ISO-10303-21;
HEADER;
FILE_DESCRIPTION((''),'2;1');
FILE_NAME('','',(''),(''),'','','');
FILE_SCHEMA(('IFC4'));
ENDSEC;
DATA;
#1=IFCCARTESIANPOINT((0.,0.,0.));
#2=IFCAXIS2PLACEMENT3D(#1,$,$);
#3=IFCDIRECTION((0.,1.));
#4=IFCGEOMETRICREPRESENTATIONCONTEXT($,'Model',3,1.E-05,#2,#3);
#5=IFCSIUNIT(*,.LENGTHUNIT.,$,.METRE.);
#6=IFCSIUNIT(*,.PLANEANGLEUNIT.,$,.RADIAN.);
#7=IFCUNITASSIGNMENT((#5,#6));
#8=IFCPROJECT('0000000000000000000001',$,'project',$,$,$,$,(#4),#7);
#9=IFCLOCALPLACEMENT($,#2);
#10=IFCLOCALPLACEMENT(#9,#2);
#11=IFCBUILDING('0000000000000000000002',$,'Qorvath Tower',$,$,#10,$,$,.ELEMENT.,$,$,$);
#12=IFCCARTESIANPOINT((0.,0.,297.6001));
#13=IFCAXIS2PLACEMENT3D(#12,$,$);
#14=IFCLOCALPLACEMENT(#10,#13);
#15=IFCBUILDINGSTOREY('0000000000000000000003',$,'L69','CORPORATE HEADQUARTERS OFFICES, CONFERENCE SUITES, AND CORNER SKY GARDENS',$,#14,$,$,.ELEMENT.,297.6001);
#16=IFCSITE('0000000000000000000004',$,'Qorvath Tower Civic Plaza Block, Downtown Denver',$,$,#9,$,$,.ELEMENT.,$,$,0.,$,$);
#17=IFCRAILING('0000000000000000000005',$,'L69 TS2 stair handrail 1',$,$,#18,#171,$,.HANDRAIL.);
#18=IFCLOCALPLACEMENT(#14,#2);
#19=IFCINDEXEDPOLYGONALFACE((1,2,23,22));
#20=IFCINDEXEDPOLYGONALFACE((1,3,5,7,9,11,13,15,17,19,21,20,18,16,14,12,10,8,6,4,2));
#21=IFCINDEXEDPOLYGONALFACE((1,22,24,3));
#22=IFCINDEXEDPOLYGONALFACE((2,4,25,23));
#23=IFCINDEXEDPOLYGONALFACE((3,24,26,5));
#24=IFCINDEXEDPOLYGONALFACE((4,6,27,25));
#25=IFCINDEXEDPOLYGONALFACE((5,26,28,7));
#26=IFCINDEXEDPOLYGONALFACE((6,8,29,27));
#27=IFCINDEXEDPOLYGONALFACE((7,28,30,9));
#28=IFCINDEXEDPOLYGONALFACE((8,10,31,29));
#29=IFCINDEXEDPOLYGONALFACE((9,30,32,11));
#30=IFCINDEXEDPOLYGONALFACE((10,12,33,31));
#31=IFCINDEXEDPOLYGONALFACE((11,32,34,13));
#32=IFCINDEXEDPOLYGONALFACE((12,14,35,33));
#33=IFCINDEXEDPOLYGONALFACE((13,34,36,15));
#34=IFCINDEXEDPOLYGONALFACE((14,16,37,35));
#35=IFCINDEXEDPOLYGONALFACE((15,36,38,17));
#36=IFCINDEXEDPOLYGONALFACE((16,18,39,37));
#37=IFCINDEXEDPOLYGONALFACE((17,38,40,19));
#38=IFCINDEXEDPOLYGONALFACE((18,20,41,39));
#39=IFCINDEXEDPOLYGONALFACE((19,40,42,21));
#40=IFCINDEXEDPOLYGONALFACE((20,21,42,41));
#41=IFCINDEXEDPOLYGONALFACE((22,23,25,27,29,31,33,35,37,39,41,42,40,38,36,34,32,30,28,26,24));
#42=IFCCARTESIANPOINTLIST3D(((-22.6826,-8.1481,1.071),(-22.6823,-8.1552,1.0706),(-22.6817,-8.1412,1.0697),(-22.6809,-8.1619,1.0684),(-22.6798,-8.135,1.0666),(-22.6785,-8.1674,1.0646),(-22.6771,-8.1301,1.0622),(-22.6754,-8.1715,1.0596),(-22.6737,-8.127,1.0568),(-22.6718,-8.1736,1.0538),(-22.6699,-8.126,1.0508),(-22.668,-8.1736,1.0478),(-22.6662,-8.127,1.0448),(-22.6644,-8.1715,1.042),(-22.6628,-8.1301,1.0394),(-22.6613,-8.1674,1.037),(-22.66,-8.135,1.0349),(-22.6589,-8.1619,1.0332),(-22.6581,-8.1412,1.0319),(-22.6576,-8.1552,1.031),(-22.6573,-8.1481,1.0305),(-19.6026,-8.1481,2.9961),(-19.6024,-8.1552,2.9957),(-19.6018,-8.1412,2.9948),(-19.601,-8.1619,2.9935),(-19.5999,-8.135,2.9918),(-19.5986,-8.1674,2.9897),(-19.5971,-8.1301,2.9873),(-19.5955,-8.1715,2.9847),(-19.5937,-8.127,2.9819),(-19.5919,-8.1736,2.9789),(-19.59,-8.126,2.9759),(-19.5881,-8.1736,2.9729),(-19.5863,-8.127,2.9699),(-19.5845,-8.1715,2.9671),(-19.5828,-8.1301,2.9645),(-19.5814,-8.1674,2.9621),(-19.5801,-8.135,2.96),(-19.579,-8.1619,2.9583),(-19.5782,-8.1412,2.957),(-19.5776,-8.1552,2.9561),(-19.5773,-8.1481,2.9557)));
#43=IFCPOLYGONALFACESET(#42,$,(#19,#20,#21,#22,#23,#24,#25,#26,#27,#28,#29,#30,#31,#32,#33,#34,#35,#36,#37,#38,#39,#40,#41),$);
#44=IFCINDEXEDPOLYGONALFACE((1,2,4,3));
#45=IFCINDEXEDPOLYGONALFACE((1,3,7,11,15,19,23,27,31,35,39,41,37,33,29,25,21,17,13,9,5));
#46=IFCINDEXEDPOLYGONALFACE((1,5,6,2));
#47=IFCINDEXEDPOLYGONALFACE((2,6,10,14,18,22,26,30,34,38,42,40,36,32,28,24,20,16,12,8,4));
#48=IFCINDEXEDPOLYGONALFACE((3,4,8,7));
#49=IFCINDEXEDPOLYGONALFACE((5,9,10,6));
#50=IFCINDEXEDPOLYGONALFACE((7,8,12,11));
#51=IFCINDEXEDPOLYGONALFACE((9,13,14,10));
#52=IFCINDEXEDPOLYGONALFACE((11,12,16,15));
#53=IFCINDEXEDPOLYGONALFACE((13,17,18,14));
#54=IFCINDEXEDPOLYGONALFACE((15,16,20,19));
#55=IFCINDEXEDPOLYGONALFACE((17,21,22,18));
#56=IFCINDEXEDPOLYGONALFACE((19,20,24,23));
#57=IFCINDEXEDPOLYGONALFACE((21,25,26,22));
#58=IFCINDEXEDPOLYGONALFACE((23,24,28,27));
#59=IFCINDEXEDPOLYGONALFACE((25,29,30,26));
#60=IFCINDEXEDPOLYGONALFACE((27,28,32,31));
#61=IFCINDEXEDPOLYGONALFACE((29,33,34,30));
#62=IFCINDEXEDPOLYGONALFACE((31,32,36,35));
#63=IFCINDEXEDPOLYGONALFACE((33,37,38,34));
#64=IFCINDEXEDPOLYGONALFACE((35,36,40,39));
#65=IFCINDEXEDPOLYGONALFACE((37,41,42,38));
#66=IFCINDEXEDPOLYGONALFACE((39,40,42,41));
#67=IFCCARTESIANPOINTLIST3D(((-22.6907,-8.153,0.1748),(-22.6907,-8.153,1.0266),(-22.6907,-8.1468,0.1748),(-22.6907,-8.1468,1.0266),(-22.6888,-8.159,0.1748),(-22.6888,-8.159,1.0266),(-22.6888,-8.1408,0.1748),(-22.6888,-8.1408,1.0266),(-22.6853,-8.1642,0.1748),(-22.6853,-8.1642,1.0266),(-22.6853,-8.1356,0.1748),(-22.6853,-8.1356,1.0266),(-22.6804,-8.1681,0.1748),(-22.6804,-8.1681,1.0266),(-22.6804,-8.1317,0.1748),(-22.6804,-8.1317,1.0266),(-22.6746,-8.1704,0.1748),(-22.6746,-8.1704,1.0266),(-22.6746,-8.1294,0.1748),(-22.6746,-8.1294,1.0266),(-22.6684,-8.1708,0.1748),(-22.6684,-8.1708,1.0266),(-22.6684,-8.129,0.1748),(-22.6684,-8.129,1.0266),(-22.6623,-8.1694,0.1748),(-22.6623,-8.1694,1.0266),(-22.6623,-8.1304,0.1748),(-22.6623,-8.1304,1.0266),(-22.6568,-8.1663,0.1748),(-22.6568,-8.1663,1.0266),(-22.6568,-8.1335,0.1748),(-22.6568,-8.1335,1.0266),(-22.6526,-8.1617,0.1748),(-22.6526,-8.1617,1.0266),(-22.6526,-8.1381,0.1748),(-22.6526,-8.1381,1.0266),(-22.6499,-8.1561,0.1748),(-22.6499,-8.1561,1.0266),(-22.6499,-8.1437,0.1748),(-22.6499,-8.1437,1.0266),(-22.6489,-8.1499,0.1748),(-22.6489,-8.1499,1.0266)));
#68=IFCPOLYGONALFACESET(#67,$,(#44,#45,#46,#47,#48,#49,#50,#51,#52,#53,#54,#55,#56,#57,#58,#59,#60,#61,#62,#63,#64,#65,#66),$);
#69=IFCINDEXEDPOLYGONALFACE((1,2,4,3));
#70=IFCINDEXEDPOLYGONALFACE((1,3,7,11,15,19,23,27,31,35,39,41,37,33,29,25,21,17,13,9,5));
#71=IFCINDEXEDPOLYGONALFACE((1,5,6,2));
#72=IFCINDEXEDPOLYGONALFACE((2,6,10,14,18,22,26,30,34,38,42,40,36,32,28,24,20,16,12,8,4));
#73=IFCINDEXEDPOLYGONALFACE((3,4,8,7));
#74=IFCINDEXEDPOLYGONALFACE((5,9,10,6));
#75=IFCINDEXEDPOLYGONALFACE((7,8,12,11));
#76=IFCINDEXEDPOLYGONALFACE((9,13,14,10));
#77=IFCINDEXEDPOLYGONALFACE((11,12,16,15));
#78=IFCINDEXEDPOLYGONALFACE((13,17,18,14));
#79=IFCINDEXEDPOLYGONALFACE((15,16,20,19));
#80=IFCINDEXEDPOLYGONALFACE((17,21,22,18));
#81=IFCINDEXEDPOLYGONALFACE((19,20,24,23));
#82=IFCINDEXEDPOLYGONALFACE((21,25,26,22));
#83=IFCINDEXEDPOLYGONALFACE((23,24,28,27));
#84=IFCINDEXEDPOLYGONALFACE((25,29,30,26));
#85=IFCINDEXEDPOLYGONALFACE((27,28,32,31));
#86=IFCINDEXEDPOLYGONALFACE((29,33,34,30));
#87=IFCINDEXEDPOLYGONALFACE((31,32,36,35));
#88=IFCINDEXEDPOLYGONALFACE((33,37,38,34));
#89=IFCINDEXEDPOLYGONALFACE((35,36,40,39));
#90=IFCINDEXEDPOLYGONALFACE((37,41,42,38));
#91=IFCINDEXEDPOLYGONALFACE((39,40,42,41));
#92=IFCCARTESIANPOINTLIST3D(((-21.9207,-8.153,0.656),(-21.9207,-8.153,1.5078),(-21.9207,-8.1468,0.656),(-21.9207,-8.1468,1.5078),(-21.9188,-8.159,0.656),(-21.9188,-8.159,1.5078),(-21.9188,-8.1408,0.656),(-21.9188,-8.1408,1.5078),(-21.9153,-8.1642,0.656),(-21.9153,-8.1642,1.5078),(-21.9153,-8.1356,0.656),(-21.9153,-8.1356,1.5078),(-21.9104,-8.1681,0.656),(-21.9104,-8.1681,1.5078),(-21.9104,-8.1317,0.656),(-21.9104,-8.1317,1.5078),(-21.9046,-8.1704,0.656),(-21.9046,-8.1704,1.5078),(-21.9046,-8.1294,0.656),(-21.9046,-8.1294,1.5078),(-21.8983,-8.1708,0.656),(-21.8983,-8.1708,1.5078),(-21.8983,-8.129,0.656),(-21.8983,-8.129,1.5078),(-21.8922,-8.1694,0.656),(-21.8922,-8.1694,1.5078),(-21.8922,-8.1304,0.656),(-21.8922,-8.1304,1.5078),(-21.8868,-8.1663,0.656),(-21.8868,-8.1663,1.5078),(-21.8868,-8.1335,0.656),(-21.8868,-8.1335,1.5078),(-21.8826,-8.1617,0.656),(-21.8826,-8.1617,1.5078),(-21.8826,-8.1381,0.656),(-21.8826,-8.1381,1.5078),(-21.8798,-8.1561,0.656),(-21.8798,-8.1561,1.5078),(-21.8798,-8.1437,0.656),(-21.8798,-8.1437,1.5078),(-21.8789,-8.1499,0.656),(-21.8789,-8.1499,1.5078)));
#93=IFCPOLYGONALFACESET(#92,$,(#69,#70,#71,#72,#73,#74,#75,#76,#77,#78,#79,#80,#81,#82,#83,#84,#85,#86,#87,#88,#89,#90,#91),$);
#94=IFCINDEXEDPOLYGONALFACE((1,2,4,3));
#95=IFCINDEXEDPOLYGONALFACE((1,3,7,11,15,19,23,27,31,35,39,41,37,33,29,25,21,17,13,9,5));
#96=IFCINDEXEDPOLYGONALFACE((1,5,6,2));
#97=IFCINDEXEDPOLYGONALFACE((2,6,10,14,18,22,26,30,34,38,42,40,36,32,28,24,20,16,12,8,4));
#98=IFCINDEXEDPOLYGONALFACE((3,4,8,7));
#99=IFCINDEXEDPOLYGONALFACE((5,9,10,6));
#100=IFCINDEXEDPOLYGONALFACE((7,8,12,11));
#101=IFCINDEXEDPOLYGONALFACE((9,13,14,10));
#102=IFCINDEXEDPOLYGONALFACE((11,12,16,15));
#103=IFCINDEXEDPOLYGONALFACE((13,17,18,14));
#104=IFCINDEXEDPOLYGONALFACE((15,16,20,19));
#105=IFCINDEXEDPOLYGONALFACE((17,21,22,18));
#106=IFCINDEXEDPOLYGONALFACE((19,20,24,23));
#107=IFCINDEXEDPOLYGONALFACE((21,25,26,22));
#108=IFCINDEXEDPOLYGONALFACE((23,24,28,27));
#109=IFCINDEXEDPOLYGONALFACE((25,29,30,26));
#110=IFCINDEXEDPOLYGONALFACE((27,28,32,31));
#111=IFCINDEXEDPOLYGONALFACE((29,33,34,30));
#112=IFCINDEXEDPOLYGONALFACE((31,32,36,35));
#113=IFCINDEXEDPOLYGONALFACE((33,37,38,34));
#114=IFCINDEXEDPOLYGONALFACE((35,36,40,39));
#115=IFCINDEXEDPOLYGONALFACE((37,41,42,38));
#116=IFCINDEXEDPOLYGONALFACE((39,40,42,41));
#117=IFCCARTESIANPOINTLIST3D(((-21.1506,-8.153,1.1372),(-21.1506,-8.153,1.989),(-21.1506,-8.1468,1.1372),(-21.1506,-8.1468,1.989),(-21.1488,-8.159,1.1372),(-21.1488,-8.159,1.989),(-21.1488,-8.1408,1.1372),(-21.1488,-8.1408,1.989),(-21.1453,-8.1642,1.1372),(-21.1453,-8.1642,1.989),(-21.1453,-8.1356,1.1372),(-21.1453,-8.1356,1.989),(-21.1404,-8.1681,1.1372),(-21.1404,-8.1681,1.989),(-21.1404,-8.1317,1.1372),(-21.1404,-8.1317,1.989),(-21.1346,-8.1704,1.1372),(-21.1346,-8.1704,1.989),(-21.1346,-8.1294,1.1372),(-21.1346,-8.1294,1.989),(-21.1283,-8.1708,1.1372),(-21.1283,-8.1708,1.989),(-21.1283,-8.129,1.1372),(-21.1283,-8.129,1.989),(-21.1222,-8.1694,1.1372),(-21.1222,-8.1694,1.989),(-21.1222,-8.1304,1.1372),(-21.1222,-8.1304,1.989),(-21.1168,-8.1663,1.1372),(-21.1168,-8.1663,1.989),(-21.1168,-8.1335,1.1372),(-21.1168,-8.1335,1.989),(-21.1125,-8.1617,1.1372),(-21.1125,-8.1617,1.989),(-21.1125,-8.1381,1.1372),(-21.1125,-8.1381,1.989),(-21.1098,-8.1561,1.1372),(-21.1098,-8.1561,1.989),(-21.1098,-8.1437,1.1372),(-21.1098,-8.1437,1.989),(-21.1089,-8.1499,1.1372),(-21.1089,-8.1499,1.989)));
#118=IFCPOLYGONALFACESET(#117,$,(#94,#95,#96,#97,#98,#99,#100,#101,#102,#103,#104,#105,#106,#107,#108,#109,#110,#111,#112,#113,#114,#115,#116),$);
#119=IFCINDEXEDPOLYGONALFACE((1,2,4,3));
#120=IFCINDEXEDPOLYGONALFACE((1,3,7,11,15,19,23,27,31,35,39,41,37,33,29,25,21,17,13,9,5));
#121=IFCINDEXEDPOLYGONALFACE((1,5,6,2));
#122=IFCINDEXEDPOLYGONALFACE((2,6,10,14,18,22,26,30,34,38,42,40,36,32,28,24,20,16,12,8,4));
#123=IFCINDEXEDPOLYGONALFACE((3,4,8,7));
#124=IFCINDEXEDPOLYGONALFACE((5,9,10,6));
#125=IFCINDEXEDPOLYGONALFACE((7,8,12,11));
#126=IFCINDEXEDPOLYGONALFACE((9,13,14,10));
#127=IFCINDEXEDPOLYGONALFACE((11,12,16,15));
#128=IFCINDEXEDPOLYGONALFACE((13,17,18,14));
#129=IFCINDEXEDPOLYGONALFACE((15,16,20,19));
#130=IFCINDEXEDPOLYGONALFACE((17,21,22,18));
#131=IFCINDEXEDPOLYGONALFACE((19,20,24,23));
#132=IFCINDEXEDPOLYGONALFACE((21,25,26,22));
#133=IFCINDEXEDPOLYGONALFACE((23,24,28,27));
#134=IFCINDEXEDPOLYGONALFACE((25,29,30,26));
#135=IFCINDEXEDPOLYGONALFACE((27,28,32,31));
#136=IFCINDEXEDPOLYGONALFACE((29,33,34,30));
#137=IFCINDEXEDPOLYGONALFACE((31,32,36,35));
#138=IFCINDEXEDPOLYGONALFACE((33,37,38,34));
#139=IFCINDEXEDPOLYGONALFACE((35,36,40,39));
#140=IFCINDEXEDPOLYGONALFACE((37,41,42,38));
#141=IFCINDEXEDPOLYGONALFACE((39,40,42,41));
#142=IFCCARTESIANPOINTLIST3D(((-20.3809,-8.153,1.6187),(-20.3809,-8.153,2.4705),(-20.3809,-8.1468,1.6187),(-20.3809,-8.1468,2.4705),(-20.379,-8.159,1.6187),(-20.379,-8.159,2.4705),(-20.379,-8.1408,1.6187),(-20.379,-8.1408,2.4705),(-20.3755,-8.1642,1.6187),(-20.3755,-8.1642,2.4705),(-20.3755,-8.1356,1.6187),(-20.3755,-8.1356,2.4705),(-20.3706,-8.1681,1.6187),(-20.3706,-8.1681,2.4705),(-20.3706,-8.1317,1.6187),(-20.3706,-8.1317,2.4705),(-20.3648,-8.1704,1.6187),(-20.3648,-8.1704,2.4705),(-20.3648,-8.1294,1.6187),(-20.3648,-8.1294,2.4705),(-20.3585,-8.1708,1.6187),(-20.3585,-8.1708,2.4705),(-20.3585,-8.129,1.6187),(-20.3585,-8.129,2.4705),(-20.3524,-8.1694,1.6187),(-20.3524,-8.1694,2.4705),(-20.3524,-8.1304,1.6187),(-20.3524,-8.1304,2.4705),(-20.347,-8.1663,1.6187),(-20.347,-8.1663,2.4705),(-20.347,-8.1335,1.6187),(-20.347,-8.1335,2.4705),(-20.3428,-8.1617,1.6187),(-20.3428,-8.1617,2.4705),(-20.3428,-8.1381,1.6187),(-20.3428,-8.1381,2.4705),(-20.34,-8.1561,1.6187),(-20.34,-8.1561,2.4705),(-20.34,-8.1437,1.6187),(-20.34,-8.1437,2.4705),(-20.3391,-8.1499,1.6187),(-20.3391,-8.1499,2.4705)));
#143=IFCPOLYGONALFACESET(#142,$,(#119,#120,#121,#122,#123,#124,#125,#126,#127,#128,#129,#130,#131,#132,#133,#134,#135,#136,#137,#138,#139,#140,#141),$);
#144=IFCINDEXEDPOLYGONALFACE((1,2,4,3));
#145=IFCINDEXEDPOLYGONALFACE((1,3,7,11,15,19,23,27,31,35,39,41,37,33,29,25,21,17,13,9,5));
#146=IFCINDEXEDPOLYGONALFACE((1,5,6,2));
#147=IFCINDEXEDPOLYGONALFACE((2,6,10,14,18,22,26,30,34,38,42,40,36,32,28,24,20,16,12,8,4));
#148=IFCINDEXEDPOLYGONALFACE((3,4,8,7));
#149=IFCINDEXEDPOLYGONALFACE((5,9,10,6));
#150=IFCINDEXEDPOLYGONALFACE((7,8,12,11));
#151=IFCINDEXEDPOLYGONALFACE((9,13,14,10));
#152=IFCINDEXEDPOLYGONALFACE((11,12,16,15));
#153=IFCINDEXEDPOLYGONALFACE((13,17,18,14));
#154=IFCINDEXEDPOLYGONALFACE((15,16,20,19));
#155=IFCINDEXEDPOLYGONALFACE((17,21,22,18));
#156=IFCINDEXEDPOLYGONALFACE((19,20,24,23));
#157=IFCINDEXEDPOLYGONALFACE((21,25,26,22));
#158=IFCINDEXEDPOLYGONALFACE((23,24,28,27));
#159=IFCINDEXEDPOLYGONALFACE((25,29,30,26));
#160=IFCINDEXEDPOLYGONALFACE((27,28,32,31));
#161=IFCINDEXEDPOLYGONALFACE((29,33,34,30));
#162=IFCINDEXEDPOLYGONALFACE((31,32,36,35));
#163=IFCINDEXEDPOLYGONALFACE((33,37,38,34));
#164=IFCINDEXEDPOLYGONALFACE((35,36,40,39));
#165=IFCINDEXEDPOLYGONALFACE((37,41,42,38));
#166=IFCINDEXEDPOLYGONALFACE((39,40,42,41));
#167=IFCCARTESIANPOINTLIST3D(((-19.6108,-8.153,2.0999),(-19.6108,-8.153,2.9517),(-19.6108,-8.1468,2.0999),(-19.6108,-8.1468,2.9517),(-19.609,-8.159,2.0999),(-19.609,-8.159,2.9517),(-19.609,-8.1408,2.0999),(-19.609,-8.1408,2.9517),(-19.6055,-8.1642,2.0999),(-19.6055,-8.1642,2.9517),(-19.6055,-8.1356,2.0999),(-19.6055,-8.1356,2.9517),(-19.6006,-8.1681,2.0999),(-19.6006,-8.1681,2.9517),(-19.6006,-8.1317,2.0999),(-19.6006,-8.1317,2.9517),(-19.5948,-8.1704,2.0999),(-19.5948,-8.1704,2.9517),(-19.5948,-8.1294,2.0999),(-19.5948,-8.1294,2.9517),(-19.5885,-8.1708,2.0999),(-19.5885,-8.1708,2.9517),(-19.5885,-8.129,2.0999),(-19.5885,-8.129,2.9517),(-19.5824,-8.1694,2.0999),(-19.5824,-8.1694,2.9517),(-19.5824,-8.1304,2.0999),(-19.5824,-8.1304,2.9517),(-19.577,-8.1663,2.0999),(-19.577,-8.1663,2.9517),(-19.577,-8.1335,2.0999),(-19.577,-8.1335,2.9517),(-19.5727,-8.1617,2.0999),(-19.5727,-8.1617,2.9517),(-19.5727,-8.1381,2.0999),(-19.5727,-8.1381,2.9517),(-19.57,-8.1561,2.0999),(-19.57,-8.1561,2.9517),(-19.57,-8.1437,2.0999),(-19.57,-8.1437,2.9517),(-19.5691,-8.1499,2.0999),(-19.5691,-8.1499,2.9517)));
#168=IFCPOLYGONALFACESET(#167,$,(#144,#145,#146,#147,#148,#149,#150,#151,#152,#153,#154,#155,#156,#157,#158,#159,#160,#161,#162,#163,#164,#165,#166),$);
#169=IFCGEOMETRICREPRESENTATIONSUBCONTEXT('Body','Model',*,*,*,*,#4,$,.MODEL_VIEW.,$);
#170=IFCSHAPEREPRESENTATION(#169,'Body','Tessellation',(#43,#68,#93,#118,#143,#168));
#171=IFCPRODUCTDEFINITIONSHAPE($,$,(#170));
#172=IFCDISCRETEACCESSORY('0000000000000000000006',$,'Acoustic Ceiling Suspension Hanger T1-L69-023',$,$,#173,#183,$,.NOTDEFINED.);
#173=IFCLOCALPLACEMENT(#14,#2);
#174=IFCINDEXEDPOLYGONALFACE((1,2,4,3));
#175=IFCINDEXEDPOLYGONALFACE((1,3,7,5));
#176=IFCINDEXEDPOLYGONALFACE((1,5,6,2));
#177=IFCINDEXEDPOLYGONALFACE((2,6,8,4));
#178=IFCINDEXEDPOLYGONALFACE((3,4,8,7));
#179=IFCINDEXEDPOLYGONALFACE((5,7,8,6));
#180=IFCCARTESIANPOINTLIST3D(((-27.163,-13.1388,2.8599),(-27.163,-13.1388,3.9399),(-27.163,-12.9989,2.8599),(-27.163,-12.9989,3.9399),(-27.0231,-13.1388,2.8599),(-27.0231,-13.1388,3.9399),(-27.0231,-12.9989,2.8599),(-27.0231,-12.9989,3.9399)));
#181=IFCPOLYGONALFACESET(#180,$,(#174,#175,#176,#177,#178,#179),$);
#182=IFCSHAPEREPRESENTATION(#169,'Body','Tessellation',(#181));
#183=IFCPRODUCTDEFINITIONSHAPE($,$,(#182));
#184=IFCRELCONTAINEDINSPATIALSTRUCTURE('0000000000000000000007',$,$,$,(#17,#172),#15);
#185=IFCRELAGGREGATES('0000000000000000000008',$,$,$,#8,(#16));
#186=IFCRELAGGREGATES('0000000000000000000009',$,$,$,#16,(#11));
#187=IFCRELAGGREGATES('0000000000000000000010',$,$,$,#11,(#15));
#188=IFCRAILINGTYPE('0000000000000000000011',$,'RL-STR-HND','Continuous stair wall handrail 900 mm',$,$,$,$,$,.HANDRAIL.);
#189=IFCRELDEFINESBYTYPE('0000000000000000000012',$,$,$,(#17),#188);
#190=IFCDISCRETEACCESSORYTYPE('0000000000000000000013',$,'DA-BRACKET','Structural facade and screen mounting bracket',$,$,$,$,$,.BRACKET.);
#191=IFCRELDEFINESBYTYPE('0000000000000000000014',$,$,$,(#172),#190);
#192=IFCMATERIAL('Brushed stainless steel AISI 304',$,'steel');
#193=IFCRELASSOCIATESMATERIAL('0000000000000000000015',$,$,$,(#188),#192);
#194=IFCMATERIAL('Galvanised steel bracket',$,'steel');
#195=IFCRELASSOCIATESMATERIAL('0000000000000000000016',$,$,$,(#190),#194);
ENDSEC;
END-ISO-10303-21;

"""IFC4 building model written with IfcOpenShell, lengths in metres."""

from ifc_helpers import new_model, si_unit, direction, frame, origin, origin_2d, place, context, subcontext, project, spatial, rectangle, circle, extrude, material, type_object, element, save


model = new_model("IFC4")

# Units and contexts
model_context = context("Model", 3, precision=1e-05, world=origin(), true_north=direction((0.0, 1.0)))
body_context = subcontext(model_context, "Body", "Model", "MODEL_VIEW")
ifc_project = project(units=[si_unit("LENGTHUNIT", "METRE"), si_unit("PLANEANGLEUNIT", "RADIAN")], contexts=[model_context])

# Site, building, storey
site_placement = place(None, origin())
site = spatial("IfcSite", under=ifc_project, at=site_placement, Name="Qorvath Tower Civic Plaza Block, Downtown Denver", CompositionType="ELEMENT", RefElevation=0.0)
building_placement = place(site_placement, origin())
building = spatial("IfcBuilding", under=site, at=building_placement, Name="Qorvath Tower", CompositionType="ELEMENT")
storey_placement = place(building_placement, frame((0.0, 0.0, 297.6001)))
storey = spatial("IfcBuildingStorey", under=building, at=storey_placement, Name="L69", Description="CORPORATE HEADQUARTERS OFFICES, CONFERENCE SUITES, AND CORNER SKY GARDENS", CompositionType="ELEMENT", Elevation=297.6001)

# Railing
ifc_material_1 = material(Name="Brushed stainless steel AISI 304", Category="steel")
railing_type = type_object("IfcRailingType", Name="RL-STR-HND", Description="Continuous stair wall handrail 900 mm", PredefinedType="HANDRAIL", material=ifc_material_1)
railing_placement = place(storey_placement, frame((-22.6699, -8.1499, 0.1748)))
element("IfcRailing", 1, at=railing_placement, inside=storey, type_object=railing_type, Name="L69 TS2 stair handrail 1", PredefinedType="HANDRAIL", context=body_context, shape_type="SweptSolid", body=[
    extrude(circle(Radius=0.0239, at=origin_2d()), frame((0.0, 0.0, 0.876), z_axis=(0.847979, 0.0, 0.530029), x_axis=(0.0, 1.0, 0.0)), (0.0, 0.0, 1.0), 3.6321),
    extrude(circle(Radius=0.021, at=origin_2d()), origin(), (0.0, 0.0, 1.0), 0.8518),
    extrude(circle(Radius=0.021, at=origin_2d()), frame((0.77, 0.0, 0.4812)), (0.0, 0.0, 1.0), 0.8518),
    extrude(circle(Radius=0.021, at=origin_2d()), frame((1.54, 0.0, 0.9624)), (0.0, 0.0, 1.0), 0.8518),
    extrude(circle(Radius=0.021, at=origin_2d()), frame((2.3098, 0.0, 1.4438)), (0.0, 0.0, 1.0), 0.8518),
    extrude(circle(Radius=0.021, at=origin_2d()), frame((3.0798, 0.0, 1.925)), (0.0, 0.0, 1.0), 0.8518),
])

# Discrete accessory
ifc_material_2 = material(Name="Galvanised steel bracket", Category="steel")
discrete_accessory_type = type_object("IfcDiscreteAccessoryType", Name="DA-BRACKET", Description="Structural facade and screen mounting bracket", PredefinedType="BRACKET", material=ifc_material_2)
discrete_accessory_placement = place(storey_placement, frame((-27.093, -13.0688, 2.8599), z_axis=(0.0, 0.0, 1.0), x_axis=(1.0, 0.0, 0.0)))
element("IfcDiscreteAccessory", 2, at=discrete_accessory_placement, inside=storey, type_object=discrete_accessory_type, Name="Acoustic Ceiling Suspension Hanger T1-L69-023", PredefinedType="NOTDEFINED", context=body_context, shape_type="SweptSolid", body=[
    extrude(rectangle(XDim=0.1399, YDim=0.1399, at=origin_2d()), origin(), (0.0, 0.0, 1.0), 1.0801),
])

save(model, "model.ifc")
